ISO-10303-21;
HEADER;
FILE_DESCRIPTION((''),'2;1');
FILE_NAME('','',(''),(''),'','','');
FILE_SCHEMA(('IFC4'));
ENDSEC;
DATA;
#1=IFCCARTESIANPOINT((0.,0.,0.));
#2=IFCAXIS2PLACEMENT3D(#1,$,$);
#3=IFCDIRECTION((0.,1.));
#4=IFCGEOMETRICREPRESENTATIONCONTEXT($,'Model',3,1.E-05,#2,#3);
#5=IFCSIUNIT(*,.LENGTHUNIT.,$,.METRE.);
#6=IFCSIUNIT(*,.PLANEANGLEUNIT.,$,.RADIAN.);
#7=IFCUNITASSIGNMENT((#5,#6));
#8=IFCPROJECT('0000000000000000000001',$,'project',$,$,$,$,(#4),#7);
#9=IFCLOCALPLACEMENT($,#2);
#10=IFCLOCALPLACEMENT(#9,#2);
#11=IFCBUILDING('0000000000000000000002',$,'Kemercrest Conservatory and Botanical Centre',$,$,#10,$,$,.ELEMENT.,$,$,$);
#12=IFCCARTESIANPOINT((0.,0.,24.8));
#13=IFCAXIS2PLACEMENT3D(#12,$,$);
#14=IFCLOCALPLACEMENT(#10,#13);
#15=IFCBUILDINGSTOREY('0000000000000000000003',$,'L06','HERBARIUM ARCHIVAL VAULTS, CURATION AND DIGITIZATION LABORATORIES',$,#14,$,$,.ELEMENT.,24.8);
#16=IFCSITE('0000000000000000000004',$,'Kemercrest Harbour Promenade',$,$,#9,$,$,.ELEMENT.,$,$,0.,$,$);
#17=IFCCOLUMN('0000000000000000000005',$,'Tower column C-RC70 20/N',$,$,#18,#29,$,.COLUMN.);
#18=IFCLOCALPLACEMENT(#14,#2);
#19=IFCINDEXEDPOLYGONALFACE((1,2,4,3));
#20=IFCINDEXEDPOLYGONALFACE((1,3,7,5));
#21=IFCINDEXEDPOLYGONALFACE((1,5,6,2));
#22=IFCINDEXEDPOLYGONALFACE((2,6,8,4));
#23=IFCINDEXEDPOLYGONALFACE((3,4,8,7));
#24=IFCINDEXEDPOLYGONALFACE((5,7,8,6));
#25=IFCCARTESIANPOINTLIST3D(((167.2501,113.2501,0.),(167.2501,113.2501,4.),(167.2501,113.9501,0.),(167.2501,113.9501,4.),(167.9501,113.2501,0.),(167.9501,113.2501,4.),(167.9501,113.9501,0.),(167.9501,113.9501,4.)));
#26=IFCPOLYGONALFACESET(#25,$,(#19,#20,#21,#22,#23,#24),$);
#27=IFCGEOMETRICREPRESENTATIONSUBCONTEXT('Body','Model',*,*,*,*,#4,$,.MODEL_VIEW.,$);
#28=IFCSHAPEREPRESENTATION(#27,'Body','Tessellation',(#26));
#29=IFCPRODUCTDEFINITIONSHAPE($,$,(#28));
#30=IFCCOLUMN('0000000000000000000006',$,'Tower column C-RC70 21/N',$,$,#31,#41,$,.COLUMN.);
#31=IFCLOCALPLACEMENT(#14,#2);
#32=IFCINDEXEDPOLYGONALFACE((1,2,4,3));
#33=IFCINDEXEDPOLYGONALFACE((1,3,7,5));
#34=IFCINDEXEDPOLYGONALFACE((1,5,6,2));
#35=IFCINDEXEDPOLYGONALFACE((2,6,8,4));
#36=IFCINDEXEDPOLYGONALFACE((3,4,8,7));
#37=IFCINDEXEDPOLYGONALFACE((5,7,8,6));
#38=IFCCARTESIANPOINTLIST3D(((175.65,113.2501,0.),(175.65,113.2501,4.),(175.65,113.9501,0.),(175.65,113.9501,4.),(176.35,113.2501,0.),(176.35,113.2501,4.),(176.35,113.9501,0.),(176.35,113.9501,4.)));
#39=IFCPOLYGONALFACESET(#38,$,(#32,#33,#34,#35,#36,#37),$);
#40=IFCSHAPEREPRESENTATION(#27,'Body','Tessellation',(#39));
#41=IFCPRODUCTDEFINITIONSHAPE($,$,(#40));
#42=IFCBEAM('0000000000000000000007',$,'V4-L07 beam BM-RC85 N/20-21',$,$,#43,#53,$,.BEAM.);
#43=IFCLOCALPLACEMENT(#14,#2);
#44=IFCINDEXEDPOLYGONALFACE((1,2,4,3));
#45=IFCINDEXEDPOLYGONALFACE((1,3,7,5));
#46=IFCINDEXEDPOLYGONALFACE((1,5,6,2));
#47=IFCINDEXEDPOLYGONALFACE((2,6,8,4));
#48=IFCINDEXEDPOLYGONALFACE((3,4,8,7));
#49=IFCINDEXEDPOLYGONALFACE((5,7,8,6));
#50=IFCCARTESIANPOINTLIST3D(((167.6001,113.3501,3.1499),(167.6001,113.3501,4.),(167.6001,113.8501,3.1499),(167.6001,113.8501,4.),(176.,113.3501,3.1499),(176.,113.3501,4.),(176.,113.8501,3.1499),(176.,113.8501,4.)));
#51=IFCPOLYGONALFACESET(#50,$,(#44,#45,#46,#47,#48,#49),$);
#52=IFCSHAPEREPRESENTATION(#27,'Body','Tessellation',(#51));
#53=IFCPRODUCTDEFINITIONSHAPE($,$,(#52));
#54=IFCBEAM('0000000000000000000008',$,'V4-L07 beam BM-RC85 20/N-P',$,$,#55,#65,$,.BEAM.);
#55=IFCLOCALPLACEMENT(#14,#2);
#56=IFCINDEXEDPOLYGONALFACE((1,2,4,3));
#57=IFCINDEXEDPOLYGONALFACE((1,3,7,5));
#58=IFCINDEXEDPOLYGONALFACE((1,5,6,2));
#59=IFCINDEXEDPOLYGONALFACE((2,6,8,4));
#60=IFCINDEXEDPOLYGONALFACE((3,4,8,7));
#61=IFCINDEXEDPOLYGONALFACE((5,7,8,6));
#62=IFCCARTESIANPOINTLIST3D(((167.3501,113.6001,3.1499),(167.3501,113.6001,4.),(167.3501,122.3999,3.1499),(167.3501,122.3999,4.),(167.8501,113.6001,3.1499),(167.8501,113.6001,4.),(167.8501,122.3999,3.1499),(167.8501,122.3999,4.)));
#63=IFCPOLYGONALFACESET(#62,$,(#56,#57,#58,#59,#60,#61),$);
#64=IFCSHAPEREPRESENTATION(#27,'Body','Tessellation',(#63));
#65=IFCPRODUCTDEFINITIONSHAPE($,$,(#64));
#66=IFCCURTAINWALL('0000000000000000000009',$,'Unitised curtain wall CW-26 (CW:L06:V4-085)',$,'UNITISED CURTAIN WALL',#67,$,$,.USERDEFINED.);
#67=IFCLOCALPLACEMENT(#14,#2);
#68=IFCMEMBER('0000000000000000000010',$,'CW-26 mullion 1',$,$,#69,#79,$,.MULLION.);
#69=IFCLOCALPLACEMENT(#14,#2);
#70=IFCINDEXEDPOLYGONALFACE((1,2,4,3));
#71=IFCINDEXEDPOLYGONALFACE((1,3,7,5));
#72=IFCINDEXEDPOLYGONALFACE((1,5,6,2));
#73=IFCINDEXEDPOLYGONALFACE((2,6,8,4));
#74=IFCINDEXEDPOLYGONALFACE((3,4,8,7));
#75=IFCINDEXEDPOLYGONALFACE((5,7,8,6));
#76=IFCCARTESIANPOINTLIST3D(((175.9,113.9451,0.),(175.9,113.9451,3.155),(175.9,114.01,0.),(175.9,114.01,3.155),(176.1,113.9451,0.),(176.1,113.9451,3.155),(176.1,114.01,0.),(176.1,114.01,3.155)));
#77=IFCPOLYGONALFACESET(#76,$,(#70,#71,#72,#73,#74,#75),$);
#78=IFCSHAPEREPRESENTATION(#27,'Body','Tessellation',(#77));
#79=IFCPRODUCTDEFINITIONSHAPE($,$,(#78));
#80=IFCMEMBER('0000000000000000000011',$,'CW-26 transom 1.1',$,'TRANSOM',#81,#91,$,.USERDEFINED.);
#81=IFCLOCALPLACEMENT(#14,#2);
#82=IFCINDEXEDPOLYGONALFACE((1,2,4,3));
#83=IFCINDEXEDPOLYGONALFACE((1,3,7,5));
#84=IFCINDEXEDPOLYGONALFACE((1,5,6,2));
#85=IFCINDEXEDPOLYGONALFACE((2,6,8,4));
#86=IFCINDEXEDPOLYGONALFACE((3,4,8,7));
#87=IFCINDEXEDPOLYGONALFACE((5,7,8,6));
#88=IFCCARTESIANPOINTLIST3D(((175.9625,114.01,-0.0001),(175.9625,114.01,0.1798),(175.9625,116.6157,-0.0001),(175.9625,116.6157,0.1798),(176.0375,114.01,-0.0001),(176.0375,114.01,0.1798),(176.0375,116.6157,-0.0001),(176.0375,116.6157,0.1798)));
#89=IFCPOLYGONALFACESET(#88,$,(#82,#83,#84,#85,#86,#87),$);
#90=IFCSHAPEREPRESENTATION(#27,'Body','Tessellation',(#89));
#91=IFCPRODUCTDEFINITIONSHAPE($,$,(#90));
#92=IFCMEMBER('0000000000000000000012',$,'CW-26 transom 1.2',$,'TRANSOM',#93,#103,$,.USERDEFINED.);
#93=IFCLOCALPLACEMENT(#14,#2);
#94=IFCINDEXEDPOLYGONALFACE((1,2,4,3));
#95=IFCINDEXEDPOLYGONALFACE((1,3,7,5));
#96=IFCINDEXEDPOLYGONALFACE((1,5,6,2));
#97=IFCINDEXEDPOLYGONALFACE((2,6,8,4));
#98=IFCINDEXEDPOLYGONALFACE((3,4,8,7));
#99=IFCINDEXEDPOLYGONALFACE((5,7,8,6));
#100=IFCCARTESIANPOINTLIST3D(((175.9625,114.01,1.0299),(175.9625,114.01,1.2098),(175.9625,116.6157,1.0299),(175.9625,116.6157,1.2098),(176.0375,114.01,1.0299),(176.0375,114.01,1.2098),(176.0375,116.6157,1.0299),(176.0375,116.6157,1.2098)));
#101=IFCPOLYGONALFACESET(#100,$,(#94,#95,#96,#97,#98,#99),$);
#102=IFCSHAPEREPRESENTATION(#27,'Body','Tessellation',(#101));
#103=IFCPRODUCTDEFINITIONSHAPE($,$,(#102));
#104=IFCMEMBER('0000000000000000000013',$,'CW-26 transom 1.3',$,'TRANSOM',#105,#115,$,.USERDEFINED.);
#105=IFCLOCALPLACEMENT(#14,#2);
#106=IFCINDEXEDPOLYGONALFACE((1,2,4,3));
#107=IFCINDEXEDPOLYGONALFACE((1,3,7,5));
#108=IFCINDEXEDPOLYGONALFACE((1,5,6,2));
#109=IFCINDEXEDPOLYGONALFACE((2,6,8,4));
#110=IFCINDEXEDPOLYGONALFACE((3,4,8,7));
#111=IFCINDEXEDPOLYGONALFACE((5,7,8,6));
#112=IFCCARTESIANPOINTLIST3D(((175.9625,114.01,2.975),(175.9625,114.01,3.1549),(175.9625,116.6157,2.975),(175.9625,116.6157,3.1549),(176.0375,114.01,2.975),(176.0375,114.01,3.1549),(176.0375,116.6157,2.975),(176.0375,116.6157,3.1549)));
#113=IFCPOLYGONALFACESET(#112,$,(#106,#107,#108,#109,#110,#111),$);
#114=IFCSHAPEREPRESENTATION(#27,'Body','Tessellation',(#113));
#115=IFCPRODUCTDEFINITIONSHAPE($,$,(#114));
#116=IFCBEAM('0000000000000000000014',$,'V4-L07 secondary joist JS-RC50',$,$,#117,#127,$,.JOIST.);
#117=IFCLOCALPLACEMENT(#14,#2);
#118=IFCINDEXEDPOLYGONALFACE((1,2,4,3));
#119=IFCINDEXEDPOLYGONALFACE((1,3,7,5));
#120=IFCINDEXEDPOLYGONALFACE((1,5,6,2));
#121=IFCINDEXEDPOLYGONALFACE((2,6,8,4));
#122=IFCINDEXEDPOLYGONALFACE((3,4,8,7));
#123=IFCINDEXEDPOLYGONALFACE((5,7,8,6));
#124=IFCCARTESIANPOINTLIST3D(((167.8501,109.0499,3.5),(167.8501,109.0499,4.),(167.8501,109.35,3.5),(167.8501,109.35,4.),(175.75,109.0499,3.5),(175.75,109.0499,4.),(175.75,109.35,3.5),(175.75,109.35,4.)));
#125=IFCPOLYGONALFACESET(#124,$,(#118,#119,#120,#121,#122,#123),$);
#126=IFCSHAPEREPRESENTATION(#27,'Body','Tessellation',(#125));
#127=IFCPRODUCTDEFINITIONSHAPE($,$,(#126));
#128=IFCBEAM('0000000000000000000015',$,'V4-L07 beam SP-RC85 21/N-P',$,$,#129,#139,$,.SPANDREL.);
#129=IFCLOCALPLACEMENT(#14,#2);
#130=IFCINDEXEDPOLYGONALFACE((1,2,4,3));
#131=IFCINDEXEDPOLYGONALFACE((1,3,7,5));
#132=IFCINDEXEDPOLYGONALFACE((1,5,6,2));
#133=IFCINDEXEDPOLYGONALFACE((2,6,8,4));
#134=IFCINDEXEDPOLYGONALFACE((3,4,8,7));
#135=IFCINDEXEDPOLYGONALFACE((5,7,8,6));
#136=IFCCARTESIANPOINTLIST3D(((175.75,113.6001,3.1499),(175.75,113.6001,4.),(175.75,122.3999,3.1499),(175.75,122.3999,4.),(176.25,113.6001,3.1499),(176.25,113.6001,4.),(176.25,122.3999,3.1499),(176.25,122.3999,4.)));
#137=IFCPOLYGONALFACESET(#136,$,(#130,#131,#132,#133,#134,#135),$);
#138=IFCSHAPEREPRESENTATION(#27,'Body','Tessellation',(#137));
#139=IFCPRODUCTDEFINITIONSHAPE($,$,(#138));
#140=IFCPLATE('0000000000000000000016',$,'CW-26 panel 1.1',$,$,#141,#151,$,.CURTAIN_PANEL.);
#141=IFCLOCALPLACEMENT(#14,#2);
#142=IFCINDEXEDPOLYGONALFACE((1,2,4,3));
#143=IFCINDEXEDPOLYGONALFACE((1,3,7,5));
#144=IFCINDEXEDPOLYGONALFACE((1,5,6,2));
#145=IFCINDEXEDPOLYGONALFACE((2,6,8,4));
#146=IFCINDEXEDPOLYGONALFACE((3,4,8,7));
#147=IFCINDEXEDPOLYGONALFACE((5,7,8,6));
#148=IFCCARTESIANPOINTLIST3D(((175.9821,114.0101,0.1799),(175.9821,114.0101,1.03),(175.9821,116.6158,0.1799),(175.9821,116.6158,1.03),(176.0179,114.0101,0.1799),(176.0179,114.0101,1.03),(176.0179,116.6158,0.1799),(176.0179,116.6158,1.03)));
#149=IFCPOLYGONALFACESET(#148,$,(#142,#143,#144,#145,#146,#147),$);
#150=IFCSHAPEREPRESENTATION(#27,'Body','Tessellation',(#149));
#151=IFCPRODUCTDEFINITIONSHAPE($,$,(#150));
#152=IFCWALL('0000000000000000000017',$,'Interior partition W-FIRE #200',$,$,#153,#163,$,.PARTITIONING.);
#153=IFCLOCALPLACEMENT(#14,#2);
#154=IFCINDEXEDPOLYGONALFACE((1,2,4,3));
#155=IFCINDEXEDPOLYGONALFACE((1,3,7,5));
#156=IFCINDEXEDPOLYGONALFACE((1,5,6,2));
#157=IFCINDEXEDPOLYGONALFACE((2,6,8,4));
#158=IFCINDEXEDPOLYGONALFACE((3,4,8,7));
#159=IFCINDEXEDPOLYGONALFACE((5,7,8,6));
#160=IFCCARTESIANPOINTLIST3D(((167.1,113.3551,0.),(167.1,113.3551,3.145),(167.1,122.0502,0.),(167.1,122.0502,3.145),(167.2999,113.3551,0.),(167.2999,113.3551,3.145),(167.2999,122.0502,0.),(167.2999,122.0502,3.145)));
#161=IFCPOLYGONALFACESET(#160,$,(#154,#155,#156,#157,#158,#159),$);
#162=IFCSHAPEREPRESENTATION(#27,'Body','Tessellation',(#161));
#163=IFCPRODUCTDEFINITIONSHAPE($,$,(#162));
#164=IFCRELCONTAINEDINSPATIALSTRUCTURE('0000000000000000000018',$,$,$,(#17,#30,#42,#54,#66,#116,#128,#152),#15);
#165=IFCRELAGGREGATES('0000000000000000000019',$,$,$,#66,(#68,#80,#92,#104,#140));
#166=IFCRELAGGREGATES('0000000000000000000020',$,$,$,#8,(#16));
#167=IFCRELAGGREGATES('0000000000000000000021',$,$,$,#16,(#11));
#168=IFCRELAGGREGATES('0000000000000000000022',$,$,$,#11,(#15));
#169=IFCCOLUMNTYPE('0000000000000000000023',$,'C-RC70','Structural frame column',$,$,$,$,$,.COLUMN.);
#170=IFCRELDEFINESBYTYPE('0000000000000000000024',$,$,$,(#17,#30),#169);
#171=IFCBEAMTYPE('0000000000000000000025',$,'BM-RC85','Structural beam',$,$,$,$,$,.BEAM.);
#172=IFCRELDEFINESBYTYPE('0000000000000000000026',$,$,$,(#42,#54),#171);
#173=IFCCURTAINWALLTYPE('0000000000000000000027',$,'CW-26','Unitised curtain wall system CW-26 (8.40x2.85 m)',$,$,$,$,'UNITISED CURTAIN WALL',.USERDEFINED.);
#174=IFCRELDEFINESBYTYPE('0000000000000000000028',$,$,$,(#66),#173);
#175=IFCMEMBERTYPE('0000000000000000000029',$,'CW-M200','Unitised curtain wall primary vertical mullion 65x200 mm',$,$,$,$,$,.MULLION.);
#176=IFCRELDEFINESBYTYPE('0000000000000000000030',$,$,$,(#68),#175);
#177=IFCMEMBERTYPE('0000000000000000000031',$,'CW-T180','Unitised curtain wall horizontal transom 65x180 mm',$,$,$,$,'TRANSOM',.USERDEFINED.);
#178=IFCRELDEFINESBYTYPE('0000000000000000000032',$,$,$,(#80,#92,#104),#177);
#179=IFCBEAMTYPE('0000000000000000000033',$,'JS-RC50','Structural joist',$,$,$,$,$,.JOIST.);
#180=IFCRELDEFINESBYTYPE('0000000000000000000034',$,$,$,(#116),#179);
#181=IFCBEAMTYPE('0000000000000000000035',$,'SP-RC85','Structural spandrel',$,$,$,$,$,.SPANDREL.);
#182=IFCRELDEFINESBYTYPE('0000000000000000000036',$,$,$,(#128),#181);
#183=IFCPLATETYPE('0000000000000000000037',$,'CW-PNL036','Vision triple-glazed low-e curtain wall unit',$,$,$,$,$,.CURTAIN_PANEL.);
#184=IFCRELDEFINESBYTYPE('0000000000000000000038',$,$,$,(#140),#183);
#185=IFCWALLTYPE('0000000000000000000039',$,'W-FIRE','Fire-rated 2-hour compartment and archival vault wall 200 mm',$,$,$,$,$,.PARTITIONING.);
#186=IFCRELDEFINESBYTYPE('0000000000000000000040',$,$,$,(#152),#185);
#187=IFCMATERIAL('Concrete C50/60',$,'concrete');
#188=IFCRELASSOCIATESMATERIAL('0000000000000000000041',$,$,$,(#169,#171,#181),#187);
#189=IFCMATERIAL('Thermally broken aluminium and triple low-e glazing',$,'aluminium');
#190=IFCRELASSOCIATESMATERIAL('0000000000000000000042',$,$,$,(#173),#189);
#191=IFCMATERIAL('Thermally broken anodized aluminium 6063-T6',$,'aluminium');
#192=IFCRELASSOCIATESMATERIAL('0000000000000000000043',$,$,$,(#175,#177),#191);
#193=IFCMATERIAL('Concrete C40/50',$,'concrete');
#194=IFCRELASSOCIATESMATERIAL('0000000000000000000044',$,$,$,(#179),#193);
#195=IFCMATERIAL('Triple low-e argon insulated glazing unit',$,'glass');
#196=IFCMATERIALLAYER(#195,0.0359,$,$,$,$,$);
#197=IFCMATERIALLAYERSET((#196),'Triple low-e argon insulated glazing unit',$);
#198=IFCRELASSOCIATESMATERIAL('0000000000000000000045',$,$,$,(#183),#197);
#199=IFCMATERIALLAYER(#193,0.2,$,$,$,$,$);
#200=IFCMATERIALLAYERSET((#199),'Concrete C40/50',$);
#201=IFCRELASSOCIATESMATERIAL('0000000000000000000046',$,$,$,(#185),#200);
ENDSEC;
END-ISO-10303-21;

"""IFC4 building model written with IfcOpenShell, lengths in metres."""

from ifc_helpers import new_model, si_unit, direction, frame, frame_2d, origin, origin_2d, place, context, subcontext, project, spatial, rectangle, extrude, material, layer, layer_set, material_profile, profile_set, type_object, element, aggregate, save


model = new_model("IFC4")

# Units and contexts
model_context = context("Model", 3, precision=1e-05, world=origin(), true_north=direction((0.0, 1.0)))
body_context = subcontext(model_context, "Body", "Model", "MODEL_VIEW")
ifc_project = project(units=[si_unit("LENGTHUNIT", "METRE"), si_unit("PLANEANGLEUNIT", "RADIAN")], contexts=[model_context])

# Site, building, storey
site_placement = place(None, origin())
site = spatial("IfcSite", under=ifc_project, at=site_placement, Name="Kemercrest Harbour Promenade", CompositionType="ELEMENT", RefElevation=0.0)
building_placement = place(site_placement, origin())
building = spatial("IfcBuilding", under=site, at=building_placement, Name="Kemercrest Conservatory and Botanical Centre", CompositionType="ELEMENT")
storey_placement = place(building_placement, frame((0.0, 0.0, 24.8)))
storey = spatial("IfcBuildingStorey", under=building, at=storey_placement, Name="L06", Description="HERBARIUM ARCHIVAL VAULTS, CURATION AND DIGITIZATION LABORATORIES", CompositionType="ELEMENT", Elevation=24.8)

# Columns
ifc_material_1 = material(Name="Concrete C50/60", Category="concrete")
ifc_material_profile_1 = material_profile(ifc_material_1, rectangle(XDim=0.7, YDim=0.7, at=origin_2d()), Name="RC 700x700")
ifc_profile_set_1 = profile_set([ifc_material_profile_1], Name="Concrete C50/60")
column_type = type_object("IfcColumnType", Name="C-RC70", Description="Structural frame column", PredefinedType="COLUMN", material=ifc_profile_set_1)
for number, where, z_axis, x_axis, name in (
    (1, (167.6001, 113.6001, 0.0), (0.0, 0.0, 1.0), (1.0, 0.0, 0.0), "Tower column C-RC70 20/N"),
    (2, (176.0, 113.6001, 0.0), (0.0, 0.0, 1.0), (1.0, 0.0, 0.0), "Tower column C-RC70 21/N"),
):
    element("IfcColumn", number, at=place(storey_placement, frame(where, z_axis=z_axis, x_axis=x_axis)), inside=storey, type_object=column_type, Name=name, PredefinedType="COLUMN", context=body_context, shape_type="SweptSolid", body=[
        extrude(rectangle(XDim=0.7, YDim=0.7, at=origin_2d()), origin(), (0.0, 0.0, 1.0), 4.0),
    ])

# Beams
ifc_material_profile_2 = material_profile(ifc_material_1, rectangle(XDim=0.5, YDim=0.8501, at=origin_2d()), Name="RC 500x850")
ifc_profile_set_2 = profile_set([ifc_material_profile_2], Name="Concrete C50/60")
beam_type_1 = type_object("IfcBeamType", Name="BM-RC85", Description="Structural beam", PredefinedType="BEAM", material=ifc_profile_set_2)
beam_1_placement = place(storey_placement, frame((167.6001, 113.6001, 3.575), z_axis=(1.0, 0.0, 0.0), x_axis=(0.0, 1.0, 0.0)))
element("IfcBeam", 3, at=beam_1_placement, inside=storey, type_object=beam_type_1, Name="V4-L07 beam BM-RC85 N/20-21", PredefinedType="BEAM", context=body_context, shape_type="SweptSolid", body=[
    extrude(rectangle(XDim=0.5, YDim=0.8501, at=origin_2d()), origin(), (0.0, 0.0, 1.0), 8.3999),
])
beam_2_placement = place(storey_placement, frame((167.6001, 113.6001, 3.575), z_axis=(0.0, 1.0, 0.0), x_axis=(-1.0, 0.0, 0.0)))
element("IfcBeam", 4, at=beam_2_placement, inside=storey, type_object=beam_type_1, Name="V4-L07 beam BM-RC85 20/N-P", PredefinedType="BEAM", context=body_context, shape_type="SweptSolid", body=[
    extrude(rectangle(XDim=0.5, YDim=0.8501, at=origin_2d()), origin(), (0.0, 0.0, 1.0), 8.7998),
])

# Curtain wall, members
ifc_material_2 = material(Name="Thermally broken aluminium and triple low-e glazing", Category="aluminium")
curtain_wall_type = type_object("IfcCurtainWallType", Name="CW-26", Description="Unitised curtain wall system CW-26 (8.40x2.85 m)", ElementType="UNITISED CURTAIN WALL", PredefinedType="USERDEFINED", material=ifc_material_2)
curtain_wall_placement = place(storey_placement, origin())
curtain_wall = element("IfcCurtainWall", 5, at=curtain_wall_placement, inside=storey, type_object=curtain_wall_type, Name="Unitised curtain wall CW-26 (CW:L06:V4-085)", ObjectType="UNITISED CURTAIN WALL", PredefinedType="USERDEFINED")
ifc_material_3 = material(Name="Thermally broken anodized aluminium 6063-T6", Category="aluminium")
ifc_material_profile_3 = material_profile(ifc_material_3, rectangle(XDim=0.2, YDim=0.0649, at=origin_2d()), Name="AL MULLION 65x200")
ifc_profile_set_3 = profile_set([ifc_material_profile_3], Name="Thermally broken anodized aluminium 6063-T6")
member_type_1 = type_object("IfcMemberType", Name="CW-M200", Description="Unitised curtain wall primary vertical mullion 65x200 mm", PredefinedType="MULLION", material=ifc_profile_set_3)
member_1_placement = place(storey_placement, frame((176.0, 113.9775, 0.0), z_axis=(0.0, 0.0, 1.0), x_axis=(-1.0, 0.0, 0.0)))
member_1 = element("IfcMember", 6, at=member_1_placement, type_object=member_type_1, Name="CW-26 mullion 1", PredefinedType="MULLION", context=body_context, shape_type="SweptSolid", body=[
    extrude(rectangle(XDim=0.2, YDim=0.0649, at=origin_2d()), origin(), (0.0, 0.0, 1.0), 3.155),
])
ifc_material_profile_4 = material_profile(ifc_material_3, rectangle(XDim=0.075, YDim=0.1799, at=origin_2d()), Name="AL TRANSOM 75x180")
ifc_profile_set_4 = profile_set([ifc_material_profile_4], Name="Thermally broken anodized aluminium 6063-T6")
member_type_2 = type_object("IfcMemberType", Name="CW-T180", Description="Unitised curtain wall horizontal transom 65x180 mm", ElementType="TRANSOM", PredefinedType="USERDEFINED", material=ifc_profile_set_4)
member_2_placement = place(storey_placement, frame((176.0, 114.01, 0.0898), z_axis=(0.0, 1.0, 0.0), x_axis=(-1.0, 0.0, 0.0)))
member_2 = element("IfcMember", 7, at=member_2_placement, type_object=member_type_2, Name="CW-26 transom 1.1", ObjectType="TRANSOM", PredefinedType="USERDEFINED", context=body_context, shape_type="SweptSolid", body=[
    extrude(rectangle(XDim=0.075, YDim=0.1799, at=origin_2d()), origin(), (0.0, 0.0, 1.0), 2.6057),
])
member_3_placement = place(storey_placement, frame((176.0, 114.01, 1.1199), z_axis=(0.0, 1.0, 0.0), x_axis=(-1.0, 0.0, 0.0)))
member_3 = element("IfcMember", 8, at=member_3_placement, type_object=member_type_2, Name="CW-26 transom 1.2", ObjectType="TRANSOM", PredefinedType="USERDEFINED", context=body_context, shape_type="SweptSolid", body=[
    extrude(rectangle(XDim=0.075, YDim=0.1799, at=origin_2d()), origin(), (0.0, 0.0, 1.0), 2.6057),
])
member_4_placement = place(storey_placement, frame((176.0, 114.01, 3.0649), z_axis=(0.0, 1.0, 0.0), x_axis=(-1.0, 0.0, 0.0)))
member_4 = element("IfcMember", 9, at=member_4_placement, type_object=member_type_2, Name="CW-26 transom 1.3", ObjectType="TRANSOM", PredefinedType="USERDEFINED", context=body_context, shape_type="SweptSolid", body=[
    extrude(rectangle(XDim=0.075, YDim=0.1799, at=origin_2d()), origin(), (0.0, 0.0, 1.0), 2.6057),
])

# Beams
ifc_material_4 = material(Name="Concrete C40/50", Category="concrete")
ifc_material_profile_5 = material_profile(ifc_material_4, rectangle(XDim=0.3, YDim=0.5, at=origin_2d()), Name="RC 300x500")
ifc_profile_set_5 = profile_set([ifc_material_profile_5], Name="Concrete C40/50")
beam_type_2 = type_object("IfcBeamType", Name="JS-RC50", Description="Structural joist", PredefinedType="JOIST", material=ifc_profile_set_5)
beam_3_placement = place(storey_placement, frame((167.8501, 109.2, 3.75), z_axis=(1.0, 0.0, 0.0), x_axis=(0.0, 1.0, 0.0)))
element("IfcBeam", 10, at=beam_3_placement, inside=storey, type_object=beam_type_2, Name="V4-L07 secondary joist JS-RC50", PredefinedType="JOIST", context=body_context, shape_type="SweptSolid", body=[
    extrude(rectangle(XDim=0.3, YDim=0.5, at=origin_2d()), origin(), (0.0, 0.0, 1.0), 7.8999),
])
ifc_material_profile_6 = material_profile(ifc_material_1, rectangle(XDim=0.5, YDim=0.8501, at=origin_2d()), Name="RC 500x850")
ifc_profile_set_6 = profile_set([ifc_material_profile_6], Name="Concrete C50/60")
beam_type_3 = type_object("IfcBeamType", Name="SP-RC85", Description="Structural spandrel", PredefinedType="SPANDREL", material=ifc_profile_set_6)
beam_4_placement = place(storey_placement, frame((176.0, 113.6001, 3.575), z_axis=(0.0, 1.0, 0.0), x_axis=(-1.0, 0.0, 0.0)))
element("IfcBeam", 11, at=beam_4_placement, inside=storey, type_object=beam_type_3, Name="V4-L07 beam SP-RC85 21/N-P", PredefinedType="SPANDREL", context=body_context, shape_type="SweptSolid", body=[
    extrude(rectangle(XDim=0.5, YDim=0.8501, at=origin_2d()), origin(), (0.0, 0.0, 1.0), 8.7998),
])

# Plate
ifc_material_5 = material(Name="Triple low-e argon insulated glazing unit", Category="glass")
ifc_layer_1 = layer(ifc_material_5, 0.0359)
ifc_layer_set_1 = layer_set([ifc_layer_1], Name="Triple low-e argon insulated glazing unit")
plate_type = type_object("IfcPlateType", Name="CW-PNL036", Description="Vision triple-glazed low-e curtain wall unit", PredefinedType="CURTAIN_PANEL", material=ifc_layer_set_1)
plate_placement = place(storey_placement, frame((176.0, 115.313, 0.1799), z_axis=(0.0, 0.0, 1.0), x_axis=(0.0, 1.0, 0.0)))
plate = element("IfcPlate", 12, at=plate_placement, type_object=plate_type, Name="CW-26 panel 1.1", PredefinedType="CURTAIN_PANEL", context=body_context, shape_type="SweptSolid", body=[
    extrude(rectangle(XDim=2.6057, YDim=0.0359, at=origin_2d()), origin(), (0.0, 0.0, 1.0), 0.8501),
])
aggregate(curtain_wall, [member_1, member_2, member_3, member_4, plate])

# Wall
ifc_layer_2 = layer(ifc_material_4, 0.2)
ifc_layer_set_2 = layer_set([ifc_layer_2], Name="Concrete C40/50")
wall_type_1 = type_object("IfcWallType", Name="W-FIRE", Description="Fire-rated 2-hour compartment and archival vault wall 200 mm", PredefinedType="PARTITIONING", material=ifc_layer_set_2)
wall_1_placement = place(storey_placement, frame((167.2, 113.355, 0.0), z_axis=(0.0, 0.0, 1.0), x_axis=(0.0, 1.0, 0.0)))
element("IfcWall", 13, at=wall_1_placement, inside=storey, type_object=wall_type_1, Name="Interior partition W-FIRE #200", PredefinedType="PARTITIONING", context=body_context, shape_type="SweptSolid", body=[
    extrude(rectangle(XDim=8.6951, YDim=0.2, at=frame_2d((4.3477, 0.0))), origin(), (0.0, 0.0, 1.0), 3.145),
])

save(model, "model.ifc")
